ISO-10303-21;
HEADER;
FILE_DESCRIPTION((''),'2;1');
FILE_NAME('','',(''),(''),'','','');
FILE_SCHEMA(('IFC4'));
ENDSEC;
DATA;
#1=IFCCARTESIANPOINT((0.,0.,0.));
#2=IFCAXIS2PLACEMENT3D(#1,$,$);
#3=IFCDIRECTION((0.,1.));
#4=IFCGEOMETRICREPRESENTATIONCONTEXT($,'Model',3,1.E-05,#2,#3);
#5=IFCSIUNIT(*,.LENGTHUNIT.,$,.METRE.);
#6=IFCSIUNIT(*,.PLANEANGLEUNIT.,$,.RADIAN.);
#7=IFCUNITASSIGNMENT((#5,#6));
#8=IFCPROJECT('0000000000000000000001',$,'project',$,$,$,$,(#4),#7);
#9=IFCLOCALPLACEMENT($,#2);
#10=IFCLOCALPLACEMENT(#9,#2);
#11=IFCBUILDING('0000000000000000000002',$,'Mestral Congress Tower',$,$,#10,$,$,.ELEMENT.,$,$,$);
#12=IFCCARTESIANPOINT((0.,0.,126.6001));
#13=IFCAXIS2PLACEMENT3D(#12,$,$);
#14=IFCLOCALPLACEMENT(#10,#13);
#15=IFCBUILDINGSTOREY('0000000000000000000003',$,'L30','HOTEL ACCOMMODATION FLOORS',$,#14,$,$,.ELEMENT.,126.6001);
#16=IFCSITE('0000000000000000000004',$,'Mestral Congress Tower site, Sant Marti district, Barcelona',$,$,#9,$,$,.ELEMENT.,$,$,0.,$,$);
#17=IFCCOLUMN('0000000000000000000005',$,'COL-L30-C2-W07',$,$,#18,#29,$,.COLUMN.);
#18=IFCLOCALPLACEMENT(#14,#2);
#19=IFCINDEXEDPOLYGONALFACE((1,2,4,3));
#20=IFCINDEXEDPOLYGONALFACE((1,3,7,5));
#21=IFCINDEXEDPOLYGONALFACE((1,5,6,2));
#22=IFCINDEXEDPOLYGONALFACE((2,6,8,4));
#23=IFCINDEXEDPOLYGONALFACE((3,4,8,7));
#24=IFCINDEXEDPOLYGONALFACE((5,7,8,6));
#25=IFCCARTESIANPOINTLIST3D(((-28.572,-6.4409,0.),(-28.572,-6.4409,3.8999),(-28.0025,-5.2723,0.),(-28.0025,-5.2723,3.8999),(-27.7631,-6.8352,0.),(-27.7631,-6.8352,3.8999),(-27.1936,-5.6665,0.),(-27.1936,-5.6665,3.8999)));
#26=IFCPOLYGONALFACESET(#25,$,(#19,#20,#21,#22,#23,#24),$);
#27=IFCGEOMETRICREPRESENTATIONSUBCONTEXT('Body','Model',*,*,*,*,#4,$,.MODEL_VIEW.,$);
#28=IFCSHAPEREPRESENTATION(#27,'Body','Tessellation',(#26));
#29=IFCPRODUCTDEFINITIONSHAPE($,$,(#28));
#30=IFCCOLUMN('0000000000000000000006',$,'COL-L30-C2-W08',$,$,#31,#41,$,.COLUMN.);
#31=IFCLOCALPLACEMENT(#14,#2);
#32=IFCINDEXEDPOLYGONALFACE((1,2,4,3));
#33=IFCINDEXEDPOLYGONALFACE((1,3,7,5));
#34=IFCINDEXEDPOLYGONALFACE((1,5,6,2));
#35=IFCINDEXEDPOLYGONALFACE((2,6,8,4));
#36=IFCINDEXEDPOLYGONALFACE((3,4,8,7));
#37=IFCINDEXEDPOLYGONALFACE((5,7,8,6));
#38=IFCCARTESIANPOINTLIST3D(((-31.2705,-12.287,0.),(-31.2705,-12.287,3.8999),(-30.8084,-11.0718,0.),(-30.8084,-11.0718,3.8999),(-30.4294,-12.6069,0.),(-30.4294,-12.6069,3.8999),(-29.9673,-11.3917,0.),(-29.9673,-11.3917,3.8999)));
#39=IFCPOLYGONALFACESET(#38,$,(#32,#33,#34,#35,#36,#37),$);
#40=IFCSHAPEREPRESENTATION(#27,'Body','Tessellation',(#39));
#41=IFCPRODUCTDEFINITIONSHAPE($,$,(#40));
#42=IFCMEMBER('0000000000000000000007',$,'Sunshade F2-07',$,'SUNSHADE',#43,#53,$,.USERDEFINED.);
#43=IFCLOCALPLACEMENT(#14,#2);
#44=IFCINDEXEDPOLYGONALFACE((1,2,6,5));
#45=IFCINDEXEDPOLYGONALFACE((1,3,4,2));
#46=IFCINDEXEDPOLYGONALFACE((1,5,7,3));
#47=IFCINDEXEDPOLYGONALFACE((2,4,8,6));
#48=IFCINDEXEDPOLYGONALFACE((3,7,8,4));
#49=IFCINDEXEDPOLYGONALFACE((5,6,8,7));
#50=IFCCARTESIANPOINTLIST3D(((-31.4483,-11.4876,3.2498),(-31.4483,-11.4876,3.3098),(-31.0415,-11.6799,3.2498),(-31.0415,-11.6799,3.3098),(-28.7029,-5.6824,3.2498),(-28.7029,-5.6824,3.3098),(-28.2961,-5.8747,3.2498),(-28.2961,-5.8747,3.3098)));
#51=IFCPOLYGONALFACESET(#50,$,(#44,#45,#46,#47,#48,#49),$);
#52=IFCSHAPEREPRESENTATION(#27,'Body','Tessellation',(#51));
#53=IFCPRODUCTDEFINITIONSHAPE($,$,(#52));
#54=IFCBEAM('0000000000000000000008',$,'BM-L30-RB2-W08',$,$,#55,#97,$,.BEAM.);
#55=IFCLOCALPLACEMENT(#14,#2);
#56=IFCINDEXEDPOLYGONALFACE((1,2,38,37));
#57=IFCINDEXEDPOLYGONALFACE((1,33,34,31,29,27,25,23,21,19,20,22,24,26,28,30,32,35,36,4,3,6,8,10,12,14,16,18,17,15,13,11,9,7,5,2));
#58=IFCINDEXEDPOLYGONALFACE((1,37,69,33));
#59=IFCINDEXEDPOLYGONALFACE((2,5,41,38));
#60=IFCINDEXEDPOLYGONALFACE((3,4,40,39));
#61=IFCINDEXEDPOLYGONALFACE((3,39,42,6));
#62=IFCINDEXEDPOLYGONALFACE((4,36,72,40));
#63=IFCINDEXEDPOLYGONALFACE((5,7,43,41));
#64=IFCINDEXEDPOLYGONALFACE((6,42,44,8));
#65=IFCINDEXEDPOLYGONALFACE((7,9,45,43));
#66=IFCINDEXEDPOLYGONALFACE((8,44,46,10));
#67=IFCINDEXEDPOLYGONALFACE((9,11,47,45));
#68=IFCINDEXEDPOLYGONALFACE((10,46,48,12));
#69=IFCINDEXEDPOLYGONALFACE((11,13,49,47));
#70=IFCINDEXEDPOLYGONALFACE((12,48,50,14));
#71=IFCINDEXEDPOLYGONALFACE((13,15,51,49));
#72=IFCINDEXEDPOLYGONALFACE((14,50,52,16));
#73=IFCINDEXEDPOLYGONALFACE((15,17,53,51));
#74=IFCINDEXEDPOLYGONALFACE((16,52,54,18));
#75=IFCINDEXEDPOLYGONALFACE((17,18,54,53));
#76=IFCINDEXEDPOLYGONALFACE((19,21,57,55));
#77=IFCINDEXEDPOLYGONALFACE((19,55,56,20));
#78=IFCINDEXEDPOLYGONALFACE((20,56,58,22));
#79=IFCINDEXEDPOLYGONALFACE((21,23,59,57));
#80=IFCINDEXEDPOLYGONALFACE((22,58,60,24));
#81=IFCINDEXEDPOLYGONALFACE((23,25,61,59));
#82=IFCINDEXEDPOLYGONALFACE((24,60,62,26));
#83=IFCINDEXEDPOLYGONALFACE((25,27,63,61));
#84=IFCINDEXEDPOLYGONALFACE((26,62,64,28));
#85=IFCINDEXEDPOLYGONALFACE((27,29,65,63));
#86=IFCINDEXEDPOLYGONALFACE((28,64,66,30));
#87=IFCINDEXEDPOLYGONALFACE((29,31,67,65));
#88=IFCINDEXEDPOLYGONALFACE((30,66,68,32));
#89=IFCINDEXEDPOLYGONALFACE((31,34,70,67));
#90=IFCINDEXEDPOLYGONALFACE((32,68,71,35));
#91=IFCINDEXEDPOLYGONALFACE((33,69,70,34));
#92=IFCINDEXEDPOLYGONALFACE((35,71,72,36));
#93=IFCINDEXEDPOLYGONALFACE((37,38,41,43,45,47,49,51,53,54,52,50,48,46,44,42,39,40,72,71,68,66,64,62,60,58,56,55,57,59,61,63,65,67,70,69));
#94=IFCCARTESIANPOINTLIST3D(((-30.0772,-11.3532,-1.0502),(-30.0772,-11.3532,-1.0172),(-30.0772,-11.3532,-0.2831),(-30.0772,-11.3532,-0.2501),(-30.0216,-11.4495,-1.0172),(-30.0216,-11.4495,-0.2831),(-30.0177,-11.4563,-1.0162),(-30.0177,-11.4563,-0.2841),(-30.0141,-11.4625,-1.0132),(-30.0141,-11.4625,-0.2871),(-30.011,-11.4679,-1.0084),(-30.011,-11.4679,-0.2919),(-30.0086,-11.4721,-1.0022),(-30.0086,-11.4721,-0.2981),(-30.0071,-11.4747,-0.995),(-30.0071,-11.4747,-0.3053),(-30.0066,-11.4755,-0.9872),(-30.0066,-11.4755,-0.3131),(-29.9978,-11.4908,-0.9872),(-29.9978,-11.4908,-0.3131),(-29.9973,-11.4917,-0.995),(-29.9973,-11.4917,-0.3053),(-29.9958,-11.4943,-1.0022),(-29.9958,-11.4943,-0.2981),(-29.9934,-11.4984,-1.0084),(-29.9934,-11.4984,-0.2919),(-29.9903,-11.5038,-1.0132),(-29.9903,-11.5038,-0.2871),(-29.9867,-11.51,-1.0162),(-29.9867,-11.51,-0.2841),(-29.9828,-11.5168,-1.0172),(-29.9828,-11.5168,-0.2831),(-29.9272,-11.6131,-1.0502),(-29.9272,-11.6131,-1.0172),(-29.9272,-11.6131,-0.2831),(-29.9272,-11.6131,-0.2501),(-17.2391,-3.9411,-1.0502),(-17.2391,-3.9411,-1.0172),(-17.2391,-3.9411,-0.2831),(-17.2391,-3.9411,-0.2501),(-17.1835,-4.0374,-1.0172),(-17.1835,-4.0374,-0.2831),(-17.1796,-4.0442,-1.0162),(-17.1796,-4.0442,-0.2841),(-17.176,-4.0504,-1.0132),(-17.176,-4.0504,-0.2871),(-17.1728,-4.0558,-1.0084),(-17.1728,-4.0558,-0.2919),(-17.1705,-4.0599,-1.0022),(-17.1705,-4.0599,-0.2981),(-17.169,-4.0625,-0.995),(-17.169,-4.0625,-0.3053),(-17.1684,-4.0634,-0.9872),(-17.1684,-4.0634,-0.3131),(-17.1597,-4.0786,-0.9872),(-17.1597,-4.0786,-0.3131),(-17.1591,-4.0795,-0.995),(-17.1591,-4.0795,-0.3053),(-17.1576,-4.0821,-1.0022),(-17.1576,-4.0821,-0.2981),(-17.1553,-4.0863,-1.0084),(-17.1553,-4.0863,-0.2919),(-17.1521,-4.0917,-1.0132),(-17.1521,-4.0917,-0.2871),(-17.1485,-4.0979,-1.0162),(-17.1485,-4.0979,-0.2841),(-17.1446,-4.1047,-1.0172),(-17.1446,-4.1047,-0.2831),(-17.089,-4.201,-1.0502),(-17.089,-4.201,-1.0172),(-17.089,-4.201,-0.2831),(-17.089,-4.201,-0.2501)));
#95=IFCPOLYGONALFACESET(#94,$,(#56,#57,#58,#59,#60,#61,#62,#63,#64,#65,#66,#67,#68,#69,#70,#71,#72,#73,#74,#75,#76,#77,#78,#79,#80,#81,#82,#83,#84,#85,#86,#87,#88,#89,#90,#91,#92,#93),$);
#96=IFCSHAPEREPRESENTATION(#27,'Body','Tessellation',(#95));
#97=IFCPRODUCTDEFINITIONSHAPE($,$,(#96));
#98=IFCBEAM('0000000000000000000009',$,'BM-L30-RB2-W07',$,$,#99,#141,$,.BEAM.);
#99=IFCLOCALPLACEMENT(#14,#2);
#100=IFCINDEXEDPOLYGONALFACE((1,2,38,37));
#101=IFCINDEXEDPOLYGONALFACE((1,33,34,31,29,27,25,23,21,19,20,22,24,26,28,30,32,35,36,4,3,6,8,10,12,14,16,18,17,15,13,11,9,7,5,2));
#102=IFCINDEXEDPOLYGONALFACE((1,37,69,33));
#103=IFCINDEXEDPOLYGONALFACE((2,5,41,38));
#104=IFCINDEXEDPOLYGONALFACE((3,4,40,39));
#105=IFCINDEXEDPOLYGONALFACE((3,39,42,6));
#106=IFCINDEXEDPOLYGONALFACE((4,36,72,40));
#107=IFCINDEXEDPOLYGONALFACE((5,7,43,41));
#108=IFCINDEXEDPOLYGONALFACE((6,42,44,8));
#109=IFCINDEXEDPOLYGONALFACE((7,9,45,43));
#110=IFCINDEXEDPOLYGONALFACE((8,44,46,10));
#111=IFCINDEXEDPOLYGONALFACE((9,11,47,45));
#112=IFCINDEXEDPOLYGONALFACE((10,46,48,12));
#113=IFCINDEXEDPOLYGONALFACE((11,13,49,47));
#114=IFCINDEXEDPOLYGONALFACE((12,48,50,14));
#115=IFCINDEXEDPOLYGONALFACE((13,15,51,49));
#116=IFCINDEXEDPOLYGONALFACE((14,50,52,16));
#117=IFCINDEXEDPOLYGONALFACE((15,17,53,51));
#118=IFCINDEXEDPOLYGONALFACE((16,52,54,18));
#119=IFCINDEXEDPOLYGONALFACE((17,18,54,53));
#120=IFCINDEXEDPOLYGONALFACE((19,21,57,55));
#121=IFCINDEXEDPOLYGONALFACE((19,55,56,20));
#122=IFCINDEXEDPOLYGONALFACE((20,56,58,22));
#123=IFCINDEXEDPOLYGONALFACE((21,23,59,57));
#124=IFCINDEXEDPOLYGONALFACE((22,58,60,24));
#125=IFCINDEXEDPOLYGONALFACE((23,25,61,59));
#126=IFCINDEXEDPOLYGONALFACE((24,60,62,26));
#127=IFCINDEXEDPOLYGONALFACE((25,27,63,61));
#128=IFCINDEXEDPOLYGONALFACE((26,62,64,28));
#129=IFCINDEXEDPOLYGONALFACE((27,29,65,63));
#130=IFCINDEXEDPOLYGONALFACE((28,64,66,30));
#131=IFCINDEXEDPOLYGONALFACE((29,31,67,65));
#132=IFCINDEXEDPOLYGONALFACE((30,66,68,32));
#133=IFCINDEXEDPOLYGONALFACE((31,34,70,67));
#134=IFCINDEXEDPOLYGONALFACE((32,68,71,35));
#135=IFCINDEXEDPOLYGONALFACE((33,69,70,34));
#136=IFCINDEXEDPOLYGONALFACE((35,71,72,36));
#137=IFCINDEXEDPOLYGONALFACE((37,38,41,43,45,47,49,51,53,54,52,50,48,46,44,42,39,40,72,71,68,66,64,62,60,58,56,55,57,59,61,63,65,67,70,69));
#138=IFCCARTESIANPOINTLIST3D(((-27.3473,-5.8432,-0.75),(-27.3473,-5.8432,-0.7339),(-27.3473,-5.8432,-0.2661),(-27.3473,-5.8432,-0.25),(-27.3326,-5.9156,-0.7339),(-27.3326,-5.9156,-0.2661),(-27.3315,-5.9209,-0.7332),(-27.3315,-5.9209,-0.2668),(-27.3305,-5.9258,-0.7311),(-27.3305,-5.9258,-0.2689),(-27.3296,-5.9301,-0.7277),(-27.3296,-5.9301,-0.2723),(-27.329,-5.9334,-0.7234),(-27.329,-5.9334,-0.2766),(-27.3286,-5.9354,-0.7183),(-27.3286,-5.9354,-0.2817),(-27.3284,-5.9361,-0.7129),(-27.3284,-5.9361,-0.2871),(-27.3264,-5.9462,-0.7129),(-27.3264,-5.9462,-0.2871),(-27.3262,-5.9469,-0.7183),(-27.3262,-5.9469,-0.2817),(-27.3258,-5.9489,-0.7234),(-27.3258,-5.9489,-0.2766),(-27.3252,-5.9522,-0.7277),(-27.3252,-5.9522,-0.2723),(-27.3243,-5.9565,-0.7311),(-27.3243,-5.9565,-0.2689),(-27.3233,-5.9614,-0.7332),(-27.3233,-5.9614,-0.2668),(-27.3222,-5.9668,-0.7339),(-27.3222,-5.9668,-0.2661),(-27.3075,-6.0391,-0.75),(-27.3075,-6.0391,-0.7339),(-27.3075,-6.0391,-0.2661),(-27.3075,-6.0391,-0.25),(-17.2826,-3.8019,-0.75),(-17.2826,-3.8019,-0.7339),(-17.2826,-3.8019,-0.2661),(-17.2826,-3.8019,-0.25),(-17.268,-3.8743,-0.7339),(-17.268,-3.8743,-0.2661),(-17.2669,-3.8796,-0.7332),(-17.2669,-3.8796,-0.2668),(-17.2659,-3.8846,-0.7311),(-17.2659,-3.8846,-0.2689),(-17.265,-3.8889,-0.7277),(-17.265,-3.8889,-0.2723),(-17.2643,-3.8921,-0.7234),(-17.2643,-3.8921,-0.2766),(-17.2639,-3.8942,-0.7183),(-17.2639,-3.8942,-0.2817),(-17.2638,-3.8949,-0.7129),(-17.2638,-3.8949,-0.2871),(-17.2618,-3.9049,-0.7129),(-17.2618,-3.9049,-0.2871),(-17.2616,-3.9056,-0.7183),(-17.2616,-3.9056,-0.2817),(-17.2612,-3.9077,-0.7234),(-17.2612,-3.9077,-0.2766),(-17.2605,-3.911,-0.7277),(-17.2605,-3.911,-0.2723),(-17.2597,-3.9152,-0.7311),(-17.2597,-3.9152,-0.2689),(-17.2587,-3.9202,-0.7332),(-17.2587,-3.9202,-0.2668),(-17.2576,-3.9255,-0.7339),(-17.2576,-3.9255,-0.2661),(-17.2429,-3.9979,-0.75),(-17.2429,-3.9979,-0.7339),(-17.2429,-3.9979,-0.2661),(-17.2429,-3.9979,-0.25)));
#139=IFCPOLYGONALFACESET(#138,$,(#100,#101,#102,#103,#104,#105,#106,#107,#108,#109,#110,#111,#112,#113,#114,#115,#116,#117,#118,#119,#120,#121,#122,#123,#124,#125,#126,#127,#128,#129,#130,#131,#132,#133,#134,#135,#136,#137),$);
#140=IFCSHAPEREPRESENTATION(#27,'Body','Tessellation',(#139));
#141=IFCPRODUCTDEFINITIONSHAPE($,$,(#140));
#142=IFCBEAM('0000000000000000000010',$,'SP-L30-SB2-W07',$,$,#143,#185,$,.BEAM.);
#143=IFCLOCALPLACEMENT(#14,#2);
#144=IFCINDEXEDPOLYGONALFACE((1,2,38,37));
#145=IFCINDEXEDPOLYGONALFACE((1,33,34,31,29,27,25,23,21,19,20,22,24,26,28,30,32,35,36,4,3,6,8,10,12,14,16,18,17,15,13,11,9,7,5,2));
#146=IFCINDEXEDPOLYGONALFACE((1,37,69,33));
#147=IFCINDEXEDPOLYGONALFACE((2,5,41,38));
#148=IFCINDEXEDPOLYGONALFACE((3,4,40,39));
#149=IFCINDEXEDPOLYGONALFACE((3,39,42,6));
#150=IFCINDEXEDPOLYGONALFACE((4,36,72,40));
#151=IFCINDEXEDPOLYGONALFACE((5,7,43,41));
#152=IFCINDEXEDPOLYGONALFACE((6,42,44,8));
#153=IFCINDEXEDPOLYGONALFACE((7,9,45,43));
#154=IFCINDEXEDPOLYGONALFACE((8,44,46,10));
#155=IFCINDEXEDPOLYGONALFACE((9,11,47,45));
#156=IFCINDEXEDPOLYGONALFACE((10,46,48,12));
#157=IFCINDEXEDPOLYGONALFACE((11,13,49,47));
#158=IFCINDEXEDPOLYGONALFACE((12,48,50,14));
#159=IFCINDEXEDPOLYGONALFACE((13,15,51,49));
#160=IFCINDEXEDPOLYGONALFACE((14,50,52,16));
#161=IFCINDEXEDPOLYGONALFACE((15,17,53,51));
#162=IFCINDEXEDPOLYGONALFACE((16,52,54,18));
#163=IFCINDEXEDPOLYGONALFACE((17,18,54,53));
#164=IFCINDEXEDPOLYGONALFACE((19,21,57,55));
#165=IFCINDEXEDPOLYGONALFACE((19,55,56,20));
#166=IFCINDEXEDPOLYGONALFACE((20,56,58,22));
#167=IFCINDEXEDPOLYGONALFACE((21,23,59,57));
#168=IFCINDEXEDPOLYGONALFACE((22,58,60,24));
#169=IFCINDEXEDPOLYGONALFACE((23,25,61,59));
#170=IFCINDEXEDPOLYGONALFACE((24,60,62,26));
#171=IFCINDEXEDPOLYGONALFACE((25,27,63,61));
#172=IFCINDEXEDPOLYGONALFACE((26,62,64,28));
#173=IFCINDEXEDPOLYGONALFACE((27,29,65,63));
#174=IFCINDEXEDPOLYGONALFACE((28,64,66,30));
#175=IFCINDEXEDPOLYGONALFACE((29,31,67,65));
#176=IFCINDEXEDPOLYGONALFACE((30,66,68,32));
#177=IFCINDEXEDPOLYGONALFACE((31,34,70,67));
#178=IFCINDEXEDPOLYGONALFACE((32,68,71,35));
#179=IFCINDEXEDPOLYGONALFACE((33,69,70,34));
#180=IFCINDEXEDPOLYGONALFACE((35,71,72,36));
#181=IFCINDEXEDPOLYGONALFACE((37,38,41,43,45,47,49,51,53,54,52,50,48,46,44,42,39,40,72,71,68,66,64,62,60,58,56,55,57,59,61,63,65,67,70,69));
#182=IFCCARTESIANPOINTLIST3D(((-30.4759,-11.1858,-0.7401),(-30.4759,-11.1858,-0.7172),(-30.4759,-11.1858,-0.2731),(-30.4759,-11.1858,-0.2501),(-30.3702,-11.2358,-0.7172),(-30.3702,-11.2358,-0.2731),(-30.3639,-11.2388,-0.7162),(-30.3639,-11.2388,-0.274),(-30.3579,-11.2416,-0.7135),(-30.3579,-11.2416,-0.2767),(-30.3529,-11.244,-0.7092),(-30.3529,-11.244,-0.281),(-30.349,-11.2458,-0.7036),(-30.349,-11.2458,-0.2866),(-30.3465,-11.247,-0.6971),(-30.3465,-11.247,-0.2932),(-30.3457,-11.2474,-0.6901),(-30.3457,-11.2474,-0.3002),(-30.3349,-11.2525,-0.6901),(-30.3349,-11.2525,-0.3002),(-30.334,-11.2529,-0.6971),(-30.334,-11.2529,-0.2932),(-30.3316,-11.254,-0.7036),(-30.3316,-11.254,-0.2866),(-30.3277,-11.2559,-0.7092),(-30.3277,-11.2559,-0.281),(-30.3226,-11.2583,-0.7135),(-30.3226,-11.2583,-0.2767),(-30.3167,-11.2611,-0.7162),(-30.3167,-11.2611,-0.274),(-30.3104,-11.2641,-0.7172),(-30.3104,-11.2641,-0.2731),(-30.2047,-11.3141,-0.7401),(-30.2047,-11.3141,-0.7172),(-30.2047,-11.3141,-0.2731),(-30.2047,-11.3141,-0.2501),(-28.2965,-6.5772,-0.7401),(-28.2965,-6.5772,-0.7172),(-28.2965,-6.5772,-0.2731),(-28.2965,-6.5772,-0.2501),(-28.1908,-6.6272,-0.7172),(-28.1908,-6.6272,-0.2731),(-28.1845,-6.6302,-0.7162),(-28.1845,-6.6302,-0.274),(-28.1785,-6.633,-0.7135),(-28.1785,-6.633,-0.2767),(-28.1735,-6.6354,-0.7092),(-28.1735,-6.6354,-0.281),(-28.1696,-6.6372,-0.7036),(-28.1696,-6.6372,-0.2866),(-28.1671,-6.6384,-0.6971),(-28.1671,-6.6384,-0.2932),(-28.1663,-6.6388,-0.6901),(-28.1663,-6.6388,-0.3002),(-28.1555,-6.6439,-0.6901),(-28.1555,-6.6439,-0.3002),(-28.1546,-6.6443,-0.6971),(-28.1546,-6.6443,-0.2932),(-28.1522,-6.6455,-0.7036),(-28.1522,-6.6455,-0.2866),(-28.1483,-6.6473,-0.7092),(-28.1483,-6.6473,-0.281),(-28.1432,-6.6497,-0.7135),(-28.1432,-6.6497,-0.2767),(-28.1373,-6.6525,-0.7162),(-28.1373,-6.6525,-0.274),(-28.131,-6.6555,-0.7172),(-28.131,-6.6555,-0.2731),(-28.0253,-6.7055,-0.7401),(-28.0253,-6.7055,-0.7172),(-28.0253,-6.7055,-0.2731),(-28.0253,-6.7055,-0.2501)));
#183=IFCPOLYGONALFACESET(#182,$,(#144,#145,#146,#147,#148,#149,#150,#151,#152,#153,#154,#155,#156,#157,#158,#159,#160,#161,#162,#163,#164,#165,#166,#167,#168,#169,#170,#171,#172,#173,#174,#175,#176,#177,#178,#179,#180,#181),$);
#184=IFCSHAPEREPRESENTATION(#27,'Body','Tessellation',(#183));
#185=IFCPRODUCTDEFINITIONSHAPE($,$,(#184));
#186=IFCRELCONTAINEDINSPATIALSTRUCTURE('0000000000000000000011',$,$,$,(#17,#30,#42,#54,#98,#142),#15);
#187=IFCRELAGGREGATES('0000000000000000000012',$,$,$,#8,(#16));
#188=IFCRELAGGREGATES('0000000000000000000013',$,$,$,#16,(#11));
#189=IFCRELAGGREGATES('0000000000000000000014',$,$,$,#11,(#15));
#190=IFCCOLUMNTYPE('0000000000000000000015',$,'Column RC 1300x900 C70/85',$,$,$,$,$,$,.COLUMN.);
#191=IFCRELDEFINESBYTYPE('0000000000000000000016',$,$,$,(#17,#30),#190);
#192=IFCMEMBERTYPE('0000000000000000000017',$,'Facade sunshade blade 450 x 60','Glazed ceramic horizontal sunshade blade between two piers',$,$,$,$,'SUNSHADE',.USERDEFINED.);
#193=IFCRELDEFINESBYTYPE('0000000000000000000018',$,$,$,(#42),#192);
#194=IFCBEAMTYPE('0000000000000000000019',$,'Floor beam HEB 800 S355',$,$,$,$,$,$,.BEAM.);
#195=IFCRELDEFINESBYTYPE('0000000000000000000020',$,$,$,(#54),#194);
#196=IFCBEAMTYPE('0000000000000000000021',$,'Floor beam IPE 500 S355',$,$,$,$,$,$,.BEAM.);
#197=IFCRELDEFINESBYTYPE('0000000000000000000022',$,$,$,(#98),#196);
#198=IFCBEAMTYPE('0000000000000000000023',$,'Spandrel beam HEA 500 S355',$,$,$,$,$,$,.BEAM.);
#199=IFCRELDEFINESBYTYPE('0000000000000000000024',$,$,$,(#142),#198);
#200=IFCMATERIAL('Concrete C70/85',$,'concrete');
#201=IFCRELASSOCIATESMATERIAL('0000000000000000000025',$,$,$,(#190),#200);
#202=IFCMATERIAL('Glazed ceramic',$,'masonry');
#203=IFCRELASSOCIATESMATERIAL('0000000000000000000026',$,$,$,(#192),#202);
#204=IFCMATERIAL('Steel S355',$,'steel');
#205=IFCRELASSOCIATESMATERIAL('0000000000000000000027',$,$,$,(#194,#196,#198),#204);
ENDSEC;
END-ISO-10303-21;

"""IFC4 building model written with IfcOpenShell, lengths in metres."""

from ifc_helpers import new_model, si_unit, direction, frame, origin, origin_2d, place, context, subcontext, project, spatial, rectangle, i_section, extrude, material, material_profile, profile_set, type_object, element, save


model = new_model("IFC4")

# Units and contexts
model_context = context("Model", 3, precision=1e-05, world=origin(), true_north=direction((0.0, 1.0)))
body_context = subcontext(model_context, "Body", "Model", "MODEL_VIEW")
ifc_project = project(units=[si_unit("LENGTHUNIT", "METRE"), si_unit("PLANEANGLEUNIT", "RADIAN")], contexts=[model_context])

# Site, building, storey
site_placement = place(None, origin())
site = spatial("IfcSite", under=ifc_project, at=site_placement, Name="Mestral Congress Tower site, Sant Marti district, Barcelona", CompositionType="ELEMENT", RefElevation=0.0)
building_placement = place(site_placement, origin())
building = spatial("IfcBuilding", under=site, at=building_placement, Name="Mestral Congress Tower", CompositionType="ELEMENT")
storey_placement = place(building_placement, frame((0.0, 0.0, 126.6001)))
storey = spatial("IfcBuildingStorey", under=building, at=storey_placement, Name="L30", Description="HOTEL ACCOMMODATION FLOORS", CompositionType="ELEMENT", Elevation=126.6001)

# Columns
ifc_material_1 = material(Name="Concrete C70/85", Category="concrete")
ifc_material_profile_1 = material_profile(ifc_material_1, rectangle(XDim=1.3, YDim=0.8999, at=origin_2d()), Name="RC 1300x900")
ifc_profile_set_1 = profile_set([ifc_material_profile_1], Name="Concrete C70/85")
column_type = type_object("IfcColumnType", Name="Column RC 1300x900 C70/85", PredefinedType="COLUMN", material=ifc_profile_set_1)
for number, where, z_axis, x_axis, name in (
    (1, (-27.8828, -6.0537, 0.0), (0.0, 0.0, 1.0), (-0.438061, -0.898945, 0.0), "COL-L30-C2-W07"),
    (2, (-30.6189, -11.8394, 0.0), (0.0, 0.0, 1.0), (-0.355494, -0.934679, 0.0), "COL-L30-C2-W08"),
):
    element("IfcColumn", number, at=place(storey_placement, frame(where, z_axis=z_axis, x_axis=x_axis)), inside=storey, type_object=column_type, Name=name, PredefinedType="COLUMN", context=body_context, shape_type="SweptSolid", body=[
        extrude(rectangle(XDim=1.3, YDim=0.8999, at=origin_2d()), origin(), (0.0, 0.0, 1.0), 3.8999),
    ])

# Member
ifc_material_2 = material(Name="Glazed ceramic", Category="masonry")
ifc_material_profile_2 = material_profile(ifc_material_2, rectangle(XDim=0.45, YDim=0.0601, at=origin_2d()), Name="Ceramic blade 450 x 60")
ifc_profile_set_2 = profile_set([ifc_material_profile_2], Name="Glazed ceramic")
member_type = type_object("IfcMemberType", Name="Facade sunshade blade 450 x 60", Description="Glazed ceramic horizontal sunshade blade between two piers", ElementType="SUNSHADE", PredefinedType="USERDEFINED", material=ifc_profile_set_2)
member_placement = place(storey_placement, frame((-28.4995, -5.7786, 3.2798), z_axis=(-0.427519, -0.904006, 0.0), x_axis=(0.904006, -0.427519, 0.0)))
element("IfcMember", 3, at=member_placement, inside=storey, type_object=member_type, Name="Sunshade F2-07", ObjectType="SUNSHADE", PredefinedType="USERDEFINED", context=body_context, shape_type="SweptSolid", body=[
    extrude(rectangle(XDim=0.45, YDim=0.0601, at=origin_2d()), origin(), (0.0, 0.0, 1.0), 6.4216),
])

# Beams
ifc_material_3 = material(Name="Steel S355", Category="steel")
ifc_material_profile_3 = material_profile(ifc_material_3, i_section(OverallWidth=0.3, OverallDepth=0.8, WebThickness=0.0176, FlangeThickness=0.033, FilletRadius=0.03, at=origin_2d()), Name="HEB 800")
ifc_profile_set_3 = profile_set([ifc_material_profile_3], Name="Steel S355")
beam_type_1 = type_object("IfcBeamType", Name="Floor beam HEB 800 S355", PredefinedType="BEAM", material=ifc_profile_set_3)
beam_1_placement = place(storey_placement, frame((-30.0022, -11.4832, -0.6501), z_axis=(0.866025, 0.5, 0.0), x_axis=(-0.5, 0.866025, 0.0)))
element("IfcBeam", 4, at=beam_1_placement, inside=storey, type_object=beam_type_1, Name="BM-L30-RB2-W08", PredefinedType="BEAM", context=body_context, shape_type="SweptSolid", body=[
    extrude(i_section(OverallWidth=0.3, OverallDepth=0.8, WebThickness=0.0176, FlangeThickness=0.033, FilletRadius=0.03, at=origin_2d()), origin(), (0.0, 0.0, 1.0), 14.8242),
])
ifc_material_profile_4 = material_profile(ifc_material_3, i_section(OverallWidth=0.2, OverallDepth=0.5, WebThickness=0.0103, FlangeThickness=0.0161, FilletRadius=0.021, at=origin_2d()), Name="IPE 500")
ifc_profile_set_4 = profile_set([ifc_material_profile_4], Name="Steel S355")
beam_type_2 = type_object("IfcBeamType", Name="Floor beam IPE 500 S355", PredefinedType="BEAM", material=ifc_profile_set_4)
beam_2_placement = place(storey_placement, frame((-27.3274, -5.9412, -0.5), z_axis=(0.980047, 0.198767, 0.0), x_axis=(-0.198767, 0.980047, 0.0)))
element("IfcBeam", 5, at=beam_2_placement, inside=storey, type_object=beam_type_2, Name="BM-L30-RB2-W07", PredefinedType="BEAM", context=body_context, shape_type="SweptSolid", body=[
    extrude(i_section(OverallWidth=0.2, OverallDepth=0.5, WebThickness=0.0103, FlangeThickness=0.0161, FilletRadius=0.021, at=origin_2d()), origin(), (0.0, 0.0, 1.0), 10.2695),
])
ifc_material_profile_5 = material_profile(ifc_material_3, i_section(OverallWidth=0.3, OverallDepth=0.49, WebThickness=0.012, FlangeThickness=0.0229, FilletRadius=0.0271, at=origin_2d()), Name="HEA 500")
ifc_profile_set_5 = profile_set([ifc_material_profile_5], Name="Steel S355")
beam_type_3 = type_object("IfcBeamType", Name="Spandrel beam HEA 500 S355", PredefinedType="BEAM", material=ifc_profile_set_5)
beam_3_placement = place(storey_placement, frame((-28.1609, -6.6414, -0.4951), z_axis=(-0.42751, -0.904011, 0.0), x_axis=(0.904011, -0.42751, 0.0)))
element("IfcBeam", 6, at=beam_3_placement, inside=storey, type_object=beam_type_3, Name="SP-L30-SB2-W07", PredefinedType="BEAM", context=body_context, shape_type="SweptSolid", body=[
    extrude(i_section(OverallWidth=0.3, OverallDepth=0.49, WebThickness=0.012, FlangeThickness=0.0229, FilletRadius=0.0271, at=origin_2d()), origin(), (0.0, 0.0, 1.0), 5.0979),
])

save(model, "model.ifc")
